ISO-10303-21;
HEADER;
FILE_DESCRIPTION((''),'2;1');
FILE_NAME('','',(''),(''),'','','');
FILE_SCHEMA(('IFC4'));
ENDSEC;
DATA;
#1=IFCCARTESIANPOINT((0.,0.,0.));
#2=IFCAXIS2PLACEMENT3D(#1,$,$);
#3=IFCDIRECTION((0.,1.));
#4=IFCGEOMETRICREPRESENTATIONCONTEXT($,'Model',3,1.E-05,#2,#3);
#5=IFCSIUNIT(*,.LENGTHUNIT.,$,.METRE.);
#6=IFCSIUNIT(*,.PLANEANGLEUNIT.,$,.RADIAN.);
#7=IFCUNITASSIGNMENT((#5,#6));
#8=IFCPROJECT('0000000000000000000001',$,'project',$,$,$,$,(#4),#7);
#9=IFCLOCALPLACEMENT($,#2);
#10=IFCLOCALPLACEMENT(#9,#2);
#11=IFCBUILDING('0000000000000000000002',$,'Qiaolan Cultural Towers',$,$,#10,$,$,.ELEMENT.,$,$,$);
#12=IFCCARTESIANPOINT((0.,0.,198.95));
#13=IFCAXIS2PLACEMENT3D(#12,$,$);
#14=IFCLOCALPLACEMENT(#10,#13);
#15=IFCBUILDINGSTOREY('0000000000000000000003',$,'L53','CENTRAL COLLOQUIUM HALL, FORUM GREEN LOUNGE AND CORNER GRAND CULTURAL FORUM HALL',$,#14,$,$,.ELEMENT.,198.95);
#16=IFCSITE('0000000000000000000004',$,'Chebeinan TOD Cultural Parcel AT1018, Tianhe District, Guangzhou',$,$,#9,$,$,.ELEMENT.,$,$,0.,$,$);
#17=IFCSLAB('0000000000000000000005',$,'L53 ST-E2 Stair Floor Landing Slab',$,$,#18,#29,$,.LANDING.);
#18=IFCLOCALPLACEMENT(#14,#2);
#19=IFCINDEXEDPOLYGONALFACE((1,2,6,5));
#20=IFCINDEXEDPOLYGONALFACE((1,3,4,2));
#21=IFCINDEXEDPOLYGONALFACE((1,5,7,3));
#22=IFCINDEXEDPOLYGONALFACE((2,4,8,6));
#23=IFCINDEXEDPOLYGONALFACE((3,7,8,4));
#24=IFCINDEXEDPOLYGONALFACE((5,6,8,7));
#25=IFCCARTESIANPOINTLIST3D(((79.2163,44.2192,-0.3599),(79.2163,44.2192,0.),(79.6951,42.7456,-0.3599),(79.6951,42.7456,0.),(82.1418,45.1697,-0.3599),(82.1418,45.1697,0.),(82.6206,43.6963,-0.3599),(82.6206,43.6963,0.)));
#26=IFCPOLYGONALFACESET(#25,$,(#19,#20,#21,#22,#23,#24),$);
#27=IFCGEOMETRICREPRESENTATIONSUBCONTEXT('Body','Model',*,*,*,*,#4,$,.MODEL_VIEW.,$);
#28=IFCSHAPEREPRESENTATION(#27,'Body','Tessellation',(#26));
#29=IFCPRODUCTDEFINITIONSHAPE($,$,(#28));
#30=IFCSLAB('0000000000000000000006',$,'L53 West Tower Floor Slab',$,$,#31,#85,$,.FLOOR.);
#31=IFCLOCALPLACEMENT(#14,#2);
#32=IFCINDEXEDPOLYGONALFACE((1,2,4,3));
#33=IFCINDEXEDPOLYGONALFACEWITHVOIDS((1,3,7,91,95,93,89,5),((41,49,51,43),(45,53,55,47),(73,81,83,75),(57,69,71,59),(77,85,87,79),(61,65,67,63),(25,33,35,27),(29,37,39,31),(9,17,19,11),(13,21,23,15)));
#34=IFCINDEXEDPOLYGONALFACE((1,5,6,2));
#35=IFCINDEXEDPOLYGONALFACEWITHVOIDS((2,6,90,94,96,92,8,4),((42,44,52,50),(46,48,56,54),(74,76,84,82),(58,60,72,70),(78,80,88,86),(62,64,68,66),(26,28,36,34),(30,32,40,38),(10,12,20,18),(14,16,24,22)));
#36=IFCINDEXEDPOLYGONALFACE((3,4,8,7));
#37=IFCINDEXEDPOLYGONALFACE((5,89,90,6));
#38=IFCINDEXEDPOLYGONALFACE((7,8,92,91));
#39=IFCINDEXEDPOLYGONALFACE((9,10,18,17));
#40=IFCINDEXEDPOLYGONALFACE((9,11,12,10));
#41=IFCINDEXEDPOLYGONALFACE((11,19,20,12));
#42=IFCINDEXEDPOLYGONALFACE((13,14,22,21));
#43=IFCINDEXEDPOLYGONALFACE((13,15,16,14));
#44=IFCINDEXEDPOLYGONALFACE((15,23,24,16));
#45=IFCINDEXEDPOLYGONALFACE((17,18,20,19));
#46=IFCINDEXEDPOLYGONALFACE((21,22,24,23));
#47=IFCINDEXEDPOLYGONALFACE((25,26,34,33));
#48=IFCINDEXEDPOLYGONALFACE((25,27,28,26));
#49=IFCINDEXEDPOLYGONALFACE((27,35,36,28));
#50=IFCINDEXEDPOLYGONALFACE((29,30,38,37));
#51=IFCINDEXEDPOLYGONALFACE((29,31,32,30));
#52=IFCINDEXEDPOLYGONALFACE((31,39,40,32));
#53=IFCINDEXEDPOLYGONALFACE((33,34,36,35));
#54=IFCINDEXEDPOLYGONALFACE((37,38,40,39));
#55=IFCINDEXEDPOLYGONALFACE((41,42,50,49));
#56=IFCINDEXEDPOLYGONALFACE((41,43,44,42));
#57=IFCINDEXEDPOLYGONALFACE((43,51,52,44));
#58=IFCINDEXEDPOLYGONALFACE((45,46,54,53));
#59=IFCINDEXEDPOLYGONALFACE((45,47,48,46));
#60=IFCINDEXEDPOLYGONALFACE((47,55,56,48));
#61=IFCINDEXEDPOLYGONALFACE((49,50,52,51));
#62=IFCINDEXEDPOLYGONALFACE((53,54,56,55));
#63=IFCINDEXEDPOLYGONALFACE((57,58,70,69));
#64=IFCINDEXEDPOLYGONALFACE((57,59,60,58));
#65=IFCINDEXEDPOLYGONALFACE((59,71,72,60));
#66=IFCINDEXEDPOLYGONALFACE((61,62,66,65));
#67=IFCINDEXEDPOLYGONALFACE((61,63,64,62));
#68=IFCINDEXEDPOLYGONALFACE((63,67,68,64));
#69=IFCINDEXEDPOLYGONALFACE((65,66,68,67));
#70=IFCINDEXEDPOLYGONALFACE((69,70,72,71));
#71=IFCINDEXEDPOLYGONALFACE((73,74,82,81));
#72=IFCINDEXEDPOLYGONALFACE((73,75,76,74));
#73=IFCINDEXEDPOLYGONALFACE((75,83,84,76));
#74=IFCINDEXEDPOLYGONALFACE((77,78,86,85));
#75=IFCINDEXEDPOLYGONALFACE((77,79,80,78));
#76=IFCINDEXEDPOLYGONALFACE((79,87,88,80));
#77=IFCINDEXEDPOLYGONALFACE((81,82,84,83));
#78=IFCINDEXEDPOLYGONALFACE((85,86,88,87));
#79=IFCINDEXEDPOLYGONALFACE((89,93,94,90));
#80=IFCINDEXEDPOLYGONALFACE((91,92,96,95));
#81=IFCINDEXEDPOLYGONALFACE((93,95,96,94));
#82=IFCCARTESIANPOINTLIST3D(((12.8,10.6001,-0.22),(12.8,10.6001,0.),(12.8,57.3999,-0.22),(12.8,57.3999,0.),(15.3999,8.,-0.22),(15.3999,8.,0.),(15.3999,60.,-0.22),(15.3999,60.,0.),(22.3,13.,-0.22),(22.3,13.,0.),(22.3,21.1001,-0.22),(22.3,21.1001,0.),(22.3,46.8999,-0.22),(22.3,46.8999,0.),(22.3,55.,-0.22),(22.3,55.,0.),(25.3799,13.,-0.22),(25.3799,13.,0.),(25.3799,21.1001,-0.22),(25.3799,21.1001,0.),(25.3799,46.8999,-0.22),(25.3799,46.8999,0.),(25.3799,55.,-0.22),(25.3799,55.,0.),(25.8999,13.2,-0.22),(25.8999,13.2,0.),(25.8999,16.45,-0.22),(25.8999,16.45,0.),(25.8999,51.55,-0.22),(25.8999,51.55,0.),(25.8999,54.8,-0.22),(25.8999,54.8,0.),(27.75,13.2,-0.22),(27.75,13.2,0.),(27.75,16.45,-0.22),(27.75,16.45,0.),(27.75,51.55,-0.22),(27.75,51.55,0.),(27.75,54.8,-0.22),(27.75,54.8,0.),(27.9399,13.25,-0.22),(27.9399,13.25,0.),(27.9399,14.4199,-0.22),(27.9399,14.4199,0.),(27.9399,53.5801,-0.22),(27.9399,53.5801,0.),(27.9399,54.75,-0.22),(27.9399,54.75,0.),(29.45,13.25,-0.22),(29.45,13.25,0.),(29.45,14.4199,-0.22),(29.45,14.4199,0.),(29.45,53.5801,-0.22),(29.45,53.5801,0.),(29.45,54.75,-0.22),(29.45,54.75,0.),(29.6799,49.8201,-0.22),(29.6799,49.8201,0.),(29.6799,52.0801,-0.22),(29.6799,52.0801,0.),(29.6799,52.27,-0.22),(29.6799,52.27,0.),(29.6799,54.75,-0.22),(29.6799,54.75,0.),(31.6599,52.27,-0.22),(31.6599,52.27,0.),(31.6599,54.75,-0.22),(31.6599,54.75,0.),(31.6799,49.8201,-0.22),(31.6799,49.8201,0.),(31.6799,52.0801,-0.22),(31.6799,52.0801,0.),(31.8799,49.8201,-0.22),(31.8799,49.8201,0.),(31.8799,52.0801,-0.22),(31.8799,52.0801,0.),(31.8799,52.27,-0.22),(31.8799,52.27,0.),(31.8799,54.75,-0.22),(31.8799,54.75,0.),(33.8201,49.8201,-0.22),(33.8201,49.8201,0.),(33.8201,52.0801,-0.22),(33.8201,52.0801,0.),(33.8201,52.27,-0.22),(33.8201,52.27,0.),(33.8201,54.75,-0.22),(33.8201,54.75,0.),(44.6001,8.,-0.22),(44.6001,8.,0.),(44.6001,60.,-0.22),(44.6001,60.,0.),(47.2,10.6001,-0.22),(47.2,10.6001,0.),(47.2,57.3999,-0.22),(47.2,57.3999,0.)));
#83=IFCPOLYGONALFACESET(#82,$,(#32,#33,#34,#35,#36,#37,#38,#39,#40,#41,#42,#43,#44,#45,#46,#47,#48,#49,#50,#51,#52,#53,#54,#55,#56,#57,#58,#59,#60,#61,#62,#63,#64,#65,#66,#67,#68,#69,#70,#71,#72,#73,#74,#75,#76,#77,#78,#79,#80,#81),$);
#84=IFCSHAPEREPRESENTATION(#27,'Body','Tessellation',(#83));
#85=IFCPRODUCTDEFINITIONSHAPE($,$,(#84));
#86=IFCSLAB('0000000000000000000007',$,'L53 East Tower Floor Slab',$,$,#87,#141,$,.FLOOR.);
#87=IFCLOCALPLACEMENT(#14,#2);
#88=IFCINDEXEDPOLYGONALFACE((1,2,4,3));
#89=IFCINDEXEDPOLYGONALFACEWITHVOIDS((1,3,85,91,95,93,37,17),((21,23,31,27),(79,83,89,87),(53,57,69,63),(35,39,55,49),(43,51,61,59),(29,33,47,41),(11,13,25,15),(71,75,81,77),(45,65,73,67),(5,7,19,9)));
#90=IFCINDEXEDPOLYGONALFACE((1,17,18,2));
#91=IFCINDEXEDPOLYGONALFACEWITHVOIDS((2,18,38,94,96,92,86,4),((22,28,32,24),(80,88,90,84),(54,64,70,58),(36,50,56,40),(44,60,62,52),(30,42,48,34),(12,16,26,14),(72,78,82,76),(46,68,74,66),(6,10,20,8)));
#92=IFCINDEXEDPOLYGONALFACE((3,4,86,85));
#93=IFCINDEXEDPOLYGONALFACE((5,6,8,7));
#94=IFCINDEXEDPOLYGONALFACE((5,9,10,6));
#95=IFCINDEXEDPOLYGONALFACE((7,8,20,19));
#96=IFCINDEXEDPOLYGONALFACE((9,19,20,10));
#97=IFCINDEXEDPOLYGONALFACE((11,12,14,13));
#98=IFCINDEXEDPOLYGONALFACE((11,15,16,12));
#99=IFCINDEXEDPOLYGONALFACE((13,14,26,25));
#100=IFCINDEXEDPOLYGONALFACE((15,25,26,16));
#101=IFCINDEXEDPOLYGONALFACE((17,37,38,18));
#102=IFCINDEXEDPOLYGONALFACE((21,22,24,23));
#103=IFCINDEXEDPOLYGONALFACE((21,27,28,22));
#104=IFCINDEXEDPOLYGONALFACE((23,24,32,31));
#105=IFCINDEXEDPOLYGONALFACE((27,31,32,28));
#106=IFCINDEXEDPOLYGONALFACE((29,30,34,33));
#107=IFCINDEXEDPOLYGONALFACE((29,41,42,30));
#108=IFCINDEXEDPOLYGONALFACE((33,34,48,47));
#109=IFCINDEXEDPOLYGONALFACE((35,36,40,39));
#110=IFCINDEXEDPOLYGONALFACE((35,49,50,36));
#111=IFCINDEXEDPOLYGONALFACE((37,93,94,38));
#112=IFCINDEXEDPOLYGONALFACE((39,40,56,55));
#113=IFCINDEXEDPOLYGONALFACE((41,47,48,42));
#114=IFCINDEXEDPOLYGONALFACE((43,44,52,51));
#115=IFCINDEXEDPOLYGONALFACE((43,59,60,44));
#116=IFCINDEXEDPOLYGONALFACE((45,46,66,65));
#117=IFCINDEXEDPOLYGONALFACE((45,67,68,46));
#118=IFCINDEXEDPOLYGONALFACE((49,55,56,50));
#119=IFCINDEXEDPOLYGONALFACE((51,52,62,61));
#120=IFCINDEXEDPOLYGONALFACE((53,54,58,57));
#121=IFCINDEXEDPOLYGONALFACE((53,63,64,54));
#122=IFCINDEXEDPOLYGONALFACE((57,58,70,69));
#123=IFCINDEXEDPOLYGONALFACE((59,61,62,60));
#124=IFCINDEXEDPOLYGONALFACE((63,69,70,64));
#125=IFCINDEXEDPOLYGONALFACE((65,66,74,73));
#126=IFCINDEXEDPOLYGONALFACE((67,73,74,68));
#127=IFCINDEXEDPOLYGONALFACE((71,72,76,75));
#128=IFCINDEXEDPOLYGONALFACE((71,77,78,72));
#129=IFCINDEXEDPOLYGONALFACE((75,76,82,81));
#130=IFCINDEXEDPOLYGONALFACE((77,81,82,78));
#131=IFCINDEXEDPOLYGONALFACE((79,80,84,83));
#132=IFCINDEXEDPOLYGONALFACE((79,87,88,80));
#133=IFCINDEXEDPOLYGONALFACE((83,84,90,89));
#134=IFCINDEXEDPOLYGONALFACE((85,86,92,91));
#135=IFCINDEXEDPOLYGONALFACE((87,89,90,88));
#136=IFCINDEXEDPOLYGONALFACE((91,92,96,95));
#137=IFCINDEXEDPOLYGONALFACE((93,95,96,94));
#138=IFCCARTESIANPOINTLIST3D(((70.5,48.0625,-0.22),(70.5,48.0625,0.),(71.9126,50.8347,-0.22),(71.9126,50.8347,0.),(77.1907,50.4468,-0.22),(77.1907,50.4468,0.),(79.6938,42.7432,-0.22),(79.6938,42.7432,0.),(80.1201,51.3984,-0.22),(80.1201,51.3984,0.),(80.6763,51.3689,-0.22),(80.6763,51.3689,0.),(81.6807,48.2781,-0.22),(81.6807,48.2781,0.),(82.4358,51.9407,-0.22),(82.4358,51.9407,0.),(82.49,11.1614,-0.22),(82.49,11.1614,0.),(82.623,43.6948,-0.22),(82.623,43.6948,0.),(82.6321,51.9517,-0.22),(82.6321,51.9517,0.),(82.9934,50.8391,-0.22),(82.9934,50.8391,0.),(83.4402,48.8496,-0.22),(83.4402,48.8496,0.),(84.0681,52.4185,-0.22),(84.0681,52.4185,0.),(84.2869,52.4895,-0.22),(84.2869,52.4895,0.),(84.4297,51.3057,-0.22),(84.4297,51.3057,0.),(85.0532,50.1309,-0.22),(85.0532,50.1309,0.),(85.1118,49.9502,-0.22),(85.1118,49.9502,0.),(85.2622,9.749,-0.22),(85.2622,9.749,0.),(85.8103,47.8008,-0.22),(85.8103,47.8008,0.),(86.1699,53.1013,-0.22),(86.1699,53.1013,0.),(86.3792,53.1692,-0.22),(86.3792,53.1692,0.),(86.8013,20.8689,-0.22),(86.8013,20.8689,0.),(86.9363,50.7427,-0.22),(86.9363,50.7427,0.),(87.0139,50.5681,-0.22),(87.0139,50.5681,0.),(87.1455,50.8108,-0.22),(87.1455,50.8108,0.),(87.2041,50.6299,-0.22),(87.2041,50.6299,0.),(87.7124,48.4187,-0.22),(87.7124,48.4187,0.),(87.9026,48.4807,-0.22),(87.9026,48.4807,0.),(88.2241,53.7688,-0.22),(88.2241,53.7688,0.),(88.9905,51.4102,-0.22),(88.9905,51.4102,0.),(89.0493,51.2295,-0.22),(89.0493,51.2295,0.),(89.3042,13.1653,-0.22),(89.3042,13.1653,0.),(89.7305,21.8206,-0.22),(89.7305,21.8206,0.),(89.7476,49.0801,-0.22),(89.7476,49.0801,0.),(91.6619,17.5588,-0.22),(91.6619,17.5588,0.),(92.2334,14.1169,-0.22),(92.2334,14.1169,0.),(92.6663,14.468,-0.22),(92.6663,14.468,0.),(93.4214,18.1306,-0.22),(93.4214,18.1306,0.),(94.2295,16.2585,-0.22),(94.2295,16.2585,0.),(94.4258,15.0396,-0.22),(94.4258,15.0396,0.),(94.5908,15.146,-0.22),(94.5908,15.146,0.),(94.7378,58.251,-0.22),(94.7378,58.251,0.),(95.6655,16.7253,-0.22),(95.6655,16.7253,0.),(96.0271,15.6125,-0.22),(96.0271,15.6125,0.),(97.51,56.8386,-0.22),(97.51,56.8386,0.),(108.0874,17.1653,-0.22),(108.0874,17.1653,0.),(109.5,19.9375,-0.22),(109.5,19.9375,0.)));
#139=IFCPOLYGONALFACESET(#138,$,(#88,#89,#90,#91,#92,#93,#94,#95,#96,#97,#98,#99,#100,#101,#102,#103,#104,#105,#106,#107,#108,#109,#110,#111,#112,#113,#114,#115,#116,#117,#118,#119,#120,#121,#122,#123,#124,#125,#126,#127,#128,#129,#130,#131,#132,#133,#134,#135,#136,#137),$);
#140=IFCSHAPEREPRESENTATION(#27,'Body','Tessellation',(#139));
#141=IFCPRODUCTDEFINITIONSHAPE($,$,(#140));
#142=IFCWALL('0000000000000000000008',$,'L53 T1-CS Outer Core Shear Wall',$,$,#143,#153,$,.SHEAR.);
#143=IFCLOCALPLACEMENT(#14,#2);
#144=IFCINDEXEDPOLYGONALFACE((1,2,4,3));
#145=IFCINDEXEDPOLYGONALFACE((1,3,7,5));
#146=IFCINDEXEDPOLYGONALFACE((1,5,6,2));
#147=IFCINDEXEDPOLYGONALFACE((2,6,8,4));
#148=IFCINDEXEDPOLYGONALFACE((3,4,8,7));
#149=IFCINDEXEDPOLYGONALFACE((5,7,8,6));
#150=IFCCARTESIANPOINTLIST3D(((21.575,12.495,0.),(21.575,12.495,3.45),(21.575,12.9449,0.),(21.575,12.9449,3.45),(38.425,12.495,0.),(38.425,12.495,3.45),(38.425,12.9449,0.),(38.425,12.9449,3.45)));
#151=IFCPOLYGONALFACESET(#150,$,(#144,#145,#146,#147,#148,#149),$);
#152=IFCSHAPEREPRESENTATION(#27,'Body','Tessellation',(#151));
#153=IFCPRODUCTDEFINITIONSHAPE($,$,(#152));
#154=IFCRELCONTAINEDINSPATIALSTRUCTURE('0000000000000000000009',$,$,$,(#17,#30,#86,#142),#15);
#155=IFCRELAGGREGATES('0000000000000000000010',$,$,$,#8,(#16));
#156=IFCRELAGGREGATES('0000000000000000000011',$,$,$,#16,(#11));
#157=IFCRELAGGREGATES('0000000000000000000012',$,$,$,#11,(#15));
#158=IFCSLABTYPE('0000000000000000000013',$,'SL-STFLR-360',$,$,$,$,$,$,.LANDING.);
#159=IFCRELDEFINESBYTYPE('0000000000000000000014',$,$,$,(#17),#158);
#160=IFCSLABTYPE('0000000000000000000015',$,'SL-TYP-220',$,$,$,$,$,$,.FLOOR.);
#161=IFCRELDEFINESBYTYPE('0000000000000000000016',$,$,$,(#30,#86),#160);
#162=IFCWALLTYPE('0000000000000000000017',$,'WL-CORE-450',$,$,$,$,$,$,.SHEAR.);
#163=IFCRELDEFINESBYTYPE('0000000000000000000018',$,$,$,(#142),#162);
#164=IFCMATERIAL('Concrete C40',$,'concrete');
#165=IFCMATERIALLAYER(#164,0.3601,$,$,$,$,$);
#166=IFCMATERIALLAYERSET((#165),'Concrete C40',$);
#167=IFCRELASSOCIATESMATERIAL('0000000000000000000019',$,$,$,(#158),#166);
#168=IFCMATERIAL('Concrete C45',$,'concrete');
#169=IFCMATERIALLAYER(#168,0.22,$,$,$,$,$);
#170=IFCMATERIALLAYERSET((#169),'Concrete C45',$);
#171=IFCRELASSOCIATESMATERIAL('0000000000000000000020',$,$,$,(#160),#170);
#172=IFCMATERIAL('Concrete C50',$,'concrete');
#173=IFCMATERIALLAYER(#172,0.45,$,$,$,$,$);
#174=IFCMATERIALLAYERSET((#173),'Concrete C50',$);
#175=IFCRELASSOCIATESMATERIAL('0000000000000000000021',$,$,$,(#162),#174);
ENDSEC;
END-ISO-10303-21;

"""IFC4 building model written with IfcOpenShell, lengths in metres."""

from ifc_helpers import new_model, si_unit, direction, frame, frame_2d, origin, place, context, subcontext, project, spatial, polyline, rectangle, outline, extrude, material, layer, layer_set, type_object, element, save


model = new_model("IFC4")

# Units and contexts
model_context = context("Model", 3, precision=1e-05, world=origin(), true_north=direction((0.0, 1.0)))
body_context = subcontext(model_context, "Body", "Model", "MODEL_VIEW")
ifc_project = project(units=[si_unit("LENGTHUNIT", "METRE"), si_unit("PLANEANGLEUNIT", "RADIAN")], contexts=[model_context])

# Site, building, storey
site_placement = place(None, origin())
site = spatial("IfcSite", under=ifc_project, at=site_placement, Name="Chebeinan TOD Cultural Parcel AT1018, Tianhe District, Guangzhou", CompositionType="ELEMENT", RefElevation=0.0)
building_placement = place(site_placement, origin())
building = spatial("IfcBuilding", under=site, at=building_placement, Name="Qiaolan Cultural Towers", CompositionType="ELEMENT")
storey_placement = place(building_placement, frame((0.0, 0.0, 198.95)))
storey = spatial("IfcBuildingStorey", under=building, at=storey_placement, Name="L53", Description="CENTRAL COLLOQUIUM HALL, FORUM GREEN LOUNGE AND CORNER GRAND CULTURAL FORUM HALL", CompositionType="ELEMENT", Elevation=198.95)

# Slabs
ifc_material_1 = material(Name="Concrete C40", Category="concrete")
ifc_layer_1 = layer(ifc_material_1, 0.3601)
ifc_layer_set_1 = layer_set([ifc_layer_1], Name="Concrete C40")
slab_type_1 = type_object("IfcSlabType", Name="SL-STFLR-360", PredefinedType="LANDING", material=ifc_layer_set_1)
slab_1_placement = place(storey_placement, frame((0.0, 0.0, -0.3599)))
element("IfcSlab", 1, at=slab_1_placement, inside=storey, type_object=slab_type_1, Name="L53 ST-E2 Stair Floor Landing Slab", PredefinedType="LANDING", context=body_context, shape_type="SweptSolid", body=[
    extrude(outline(polyline([(82.6206, 43.6963), (82.1418, 45.1697), (79.2163, 44.2192), (79.6951, 42.7456), (82.6206, 43.6963)])), origin(), (0.0, 0.0, 1.0), 0.3599),
])
ifc_material_2 = material(Name="Concrete C45", Category="concrete")
ifc_layer_2 = layer(ifc_material_2, 0.22)
ifc_layer_set_2 = layer_set([ifc_layer_2], Name="Concrete C45")
slab_type_2 = type_object("IfcSlabType", Name="SL-TYP-220", PredefinedType="FLOOR", material=ifc_layer_set_2)
slab_2_placement = place(storey_placement, frame((0.0, 0.0, -0.22)))
element("IfcSlab", 2, at=slab_2_placement, inside=storey, type_object=slab_type_2, Name="L53 West Tower Floor Slab", PredefinedType="FLOOR", context=body_context, shape_type="SweptSolid", body=[
    extrude(outline(polyline([(15.3999, 8.0), (44.6001, 8.0), (47.2, 10.6001), (47.2, 57.3999), (44.6001, 60.0), (15.3999, 60.0), (12.8, 57.3999), (12.8, 10.6001), (15.3999, 8.0)]), holes=[polyline([(22.3, 21.1001), (22.3, 13.0), (25.3799, 13.0), (25.3799, 21.1001), (22.3, 21.1001)]), polyline([(25.3799, 46.8999), (25.3799, 55.0), (22.3, 55.0), (22.3, 46.8999), (25.3799, 46.8999)]), polyline([(25.8999, 13.2), (27.75, 13.2), (27.75, 16.45), (25.8999, 16.45), (25.8999, 13.2)]), polyline([(27.9399, 13.25), (29.45, 13.25), (29.45, 14.4199), (27.9399, 14.4199), (27.9399, 13.25)]), polyline([(25.8999, 51.55), (27.75, 51.55), (27.75, 54.8), (25.8999, 54.8), (25.8999, 51.55)]), polyline([(27.9399, 53.5801), (29.45, 53.5801), (29.45, 54.75), (27.9399, 54.75), (27.9399, 53.5801)]), polyline([(29.6799, 49.8201), (31.6799, 49.8201), (31.6799, 52.0801), (29.6799, 52.0801), (29.6799, 49.8201)]), polyline([(31.8799, 49.8201), (33.8201, 49.8201), (33.8201, 52.0801), (31.8799, 52.0801), (31.8799, 49.8201)]), polyline([(29.6799, 52.27), (31.6599, 52.27), (31.6599, 54.75), (29.6799, 54.75), (29.6799, 52.27)]), polyline([(31.8799, 52.27), (33.8201, 52.27), (33.8201, 54.75), (31.8799, 54.75), (31.8799, 52.27)])]), origin(), (0.0, 0.0, 1.0), 0.22),
])
slab_3_placement = place(storey_placement, frame((0.0, 0.0, -0.22)))
element("IfcSlab", 3, at=slab_3_placement, inside=storey, type_object=slab_type_2, Name="L53 East Tower Floor Slab", PredefinedType="FLOOR", context=body_context, shape_type="SweptSolid", body=[
    extrude(outline(polyline([(85.2622, 9.749), (108.0874, 17.1653), (109.5, 19.9375), (97.51, 56.8386), (94.7378, 58.251), (71.9126, 50.8347), (70.5, 48.0625), (82.49, 11.1614), (85.2622, 9.749)]), holes=[polyline([(86.8013, 20.8689), (89.3042, 13.1653), (92.2334, 14.1169), (89.7305, 21.8206), (86.8013, 20.8689)]), polyline([(82.623, 43.6948), (80.1201, 51.3984), (77.1907, 50.4468), (79.6938, 42.7432), (82.623, 43.6948)]), polyline([(92.6663, 14.468), (94.4258, 15.0396), (93.4214, 18.1306), (91.6619, 17.5588), (92.6663, 14.468)]), polyline([(94.5908, 15.146), (96.0271, 15.6125), (95.6655, 16.7253), (94.2295, 16.2585), (94.5908, 15.146)]), polyline([(81.6807, 48.2781), (83.4402, 48.8496), (82.4358, 51.9407), (80.6763, 51.3689), (81.6807, 48.2781)]), polyline([(82.9934, 50.8391), (84.4297, 51.3057), (84.0681, 52.4185), (82.6321, 51.9517), (82.9934, 50.8391)]), polyline([(85.8103, 47.8008), (87.7124, 48.4187), (87.0139, 50.5681), (85.1118, 49.9502), (85.8103, 47.8008)]), polyline([(87.9026, 48.4807), (89.7476, 49.0801), (89.0493, 51.2295), (87.2041, 50.6299), (87.9026, 48.4807)]), polyline([(85.0532, 50.1309), (86.9363, 50.7427), (86.1699, 53.1013), (84.2869, 52.4895), (85.0532, 50.1309)]), polyline([(87.1455, 50.8108), (88.9905, 51.4102), (88.2241, 53.7688), (86.3792, 53.1692), (87.1455, 50.8108)])]), origin(), (0.0, 0.0, 1.0), 0.22),
])

# Wall
ifc_material_3 = material(Name="Concrete C50", Category="concrete")
ifc_layer_3 = layer(ifc_material_3, 0.45)
ifc_layer_set_3 = layer_set([ifc_layer_3], Name="Concrete C50")
wall_type_1 = type_object("IfcWallType", Name="WL-CORE-450", PredefinedType="SHEAR", material=ifc_layer_set_3)
wall_1_placement = place(storey_placement, frame((21.575, 12.72, 0.0), z_axis=(0.0, 0.0, 1.0), x_axis=(1.0, 0.0, 0.0)))
element("IfcWall", 4, at=wall_1_placement, inside=storey, type_object=wall_type_1, Name="L53 T1-CS Outer Core Shear Wall", PredefinedType="SHEAR", context=body_context, shape_type="SweptSolid", body=[
    extrude(rectangle(XDim=16.8501, YDim=0.45, at=frame_2d((8.425, 0.0))), origin(), (0.0, 0.0, 1.0), 3.45),
])

save(model, "model.ifc")
